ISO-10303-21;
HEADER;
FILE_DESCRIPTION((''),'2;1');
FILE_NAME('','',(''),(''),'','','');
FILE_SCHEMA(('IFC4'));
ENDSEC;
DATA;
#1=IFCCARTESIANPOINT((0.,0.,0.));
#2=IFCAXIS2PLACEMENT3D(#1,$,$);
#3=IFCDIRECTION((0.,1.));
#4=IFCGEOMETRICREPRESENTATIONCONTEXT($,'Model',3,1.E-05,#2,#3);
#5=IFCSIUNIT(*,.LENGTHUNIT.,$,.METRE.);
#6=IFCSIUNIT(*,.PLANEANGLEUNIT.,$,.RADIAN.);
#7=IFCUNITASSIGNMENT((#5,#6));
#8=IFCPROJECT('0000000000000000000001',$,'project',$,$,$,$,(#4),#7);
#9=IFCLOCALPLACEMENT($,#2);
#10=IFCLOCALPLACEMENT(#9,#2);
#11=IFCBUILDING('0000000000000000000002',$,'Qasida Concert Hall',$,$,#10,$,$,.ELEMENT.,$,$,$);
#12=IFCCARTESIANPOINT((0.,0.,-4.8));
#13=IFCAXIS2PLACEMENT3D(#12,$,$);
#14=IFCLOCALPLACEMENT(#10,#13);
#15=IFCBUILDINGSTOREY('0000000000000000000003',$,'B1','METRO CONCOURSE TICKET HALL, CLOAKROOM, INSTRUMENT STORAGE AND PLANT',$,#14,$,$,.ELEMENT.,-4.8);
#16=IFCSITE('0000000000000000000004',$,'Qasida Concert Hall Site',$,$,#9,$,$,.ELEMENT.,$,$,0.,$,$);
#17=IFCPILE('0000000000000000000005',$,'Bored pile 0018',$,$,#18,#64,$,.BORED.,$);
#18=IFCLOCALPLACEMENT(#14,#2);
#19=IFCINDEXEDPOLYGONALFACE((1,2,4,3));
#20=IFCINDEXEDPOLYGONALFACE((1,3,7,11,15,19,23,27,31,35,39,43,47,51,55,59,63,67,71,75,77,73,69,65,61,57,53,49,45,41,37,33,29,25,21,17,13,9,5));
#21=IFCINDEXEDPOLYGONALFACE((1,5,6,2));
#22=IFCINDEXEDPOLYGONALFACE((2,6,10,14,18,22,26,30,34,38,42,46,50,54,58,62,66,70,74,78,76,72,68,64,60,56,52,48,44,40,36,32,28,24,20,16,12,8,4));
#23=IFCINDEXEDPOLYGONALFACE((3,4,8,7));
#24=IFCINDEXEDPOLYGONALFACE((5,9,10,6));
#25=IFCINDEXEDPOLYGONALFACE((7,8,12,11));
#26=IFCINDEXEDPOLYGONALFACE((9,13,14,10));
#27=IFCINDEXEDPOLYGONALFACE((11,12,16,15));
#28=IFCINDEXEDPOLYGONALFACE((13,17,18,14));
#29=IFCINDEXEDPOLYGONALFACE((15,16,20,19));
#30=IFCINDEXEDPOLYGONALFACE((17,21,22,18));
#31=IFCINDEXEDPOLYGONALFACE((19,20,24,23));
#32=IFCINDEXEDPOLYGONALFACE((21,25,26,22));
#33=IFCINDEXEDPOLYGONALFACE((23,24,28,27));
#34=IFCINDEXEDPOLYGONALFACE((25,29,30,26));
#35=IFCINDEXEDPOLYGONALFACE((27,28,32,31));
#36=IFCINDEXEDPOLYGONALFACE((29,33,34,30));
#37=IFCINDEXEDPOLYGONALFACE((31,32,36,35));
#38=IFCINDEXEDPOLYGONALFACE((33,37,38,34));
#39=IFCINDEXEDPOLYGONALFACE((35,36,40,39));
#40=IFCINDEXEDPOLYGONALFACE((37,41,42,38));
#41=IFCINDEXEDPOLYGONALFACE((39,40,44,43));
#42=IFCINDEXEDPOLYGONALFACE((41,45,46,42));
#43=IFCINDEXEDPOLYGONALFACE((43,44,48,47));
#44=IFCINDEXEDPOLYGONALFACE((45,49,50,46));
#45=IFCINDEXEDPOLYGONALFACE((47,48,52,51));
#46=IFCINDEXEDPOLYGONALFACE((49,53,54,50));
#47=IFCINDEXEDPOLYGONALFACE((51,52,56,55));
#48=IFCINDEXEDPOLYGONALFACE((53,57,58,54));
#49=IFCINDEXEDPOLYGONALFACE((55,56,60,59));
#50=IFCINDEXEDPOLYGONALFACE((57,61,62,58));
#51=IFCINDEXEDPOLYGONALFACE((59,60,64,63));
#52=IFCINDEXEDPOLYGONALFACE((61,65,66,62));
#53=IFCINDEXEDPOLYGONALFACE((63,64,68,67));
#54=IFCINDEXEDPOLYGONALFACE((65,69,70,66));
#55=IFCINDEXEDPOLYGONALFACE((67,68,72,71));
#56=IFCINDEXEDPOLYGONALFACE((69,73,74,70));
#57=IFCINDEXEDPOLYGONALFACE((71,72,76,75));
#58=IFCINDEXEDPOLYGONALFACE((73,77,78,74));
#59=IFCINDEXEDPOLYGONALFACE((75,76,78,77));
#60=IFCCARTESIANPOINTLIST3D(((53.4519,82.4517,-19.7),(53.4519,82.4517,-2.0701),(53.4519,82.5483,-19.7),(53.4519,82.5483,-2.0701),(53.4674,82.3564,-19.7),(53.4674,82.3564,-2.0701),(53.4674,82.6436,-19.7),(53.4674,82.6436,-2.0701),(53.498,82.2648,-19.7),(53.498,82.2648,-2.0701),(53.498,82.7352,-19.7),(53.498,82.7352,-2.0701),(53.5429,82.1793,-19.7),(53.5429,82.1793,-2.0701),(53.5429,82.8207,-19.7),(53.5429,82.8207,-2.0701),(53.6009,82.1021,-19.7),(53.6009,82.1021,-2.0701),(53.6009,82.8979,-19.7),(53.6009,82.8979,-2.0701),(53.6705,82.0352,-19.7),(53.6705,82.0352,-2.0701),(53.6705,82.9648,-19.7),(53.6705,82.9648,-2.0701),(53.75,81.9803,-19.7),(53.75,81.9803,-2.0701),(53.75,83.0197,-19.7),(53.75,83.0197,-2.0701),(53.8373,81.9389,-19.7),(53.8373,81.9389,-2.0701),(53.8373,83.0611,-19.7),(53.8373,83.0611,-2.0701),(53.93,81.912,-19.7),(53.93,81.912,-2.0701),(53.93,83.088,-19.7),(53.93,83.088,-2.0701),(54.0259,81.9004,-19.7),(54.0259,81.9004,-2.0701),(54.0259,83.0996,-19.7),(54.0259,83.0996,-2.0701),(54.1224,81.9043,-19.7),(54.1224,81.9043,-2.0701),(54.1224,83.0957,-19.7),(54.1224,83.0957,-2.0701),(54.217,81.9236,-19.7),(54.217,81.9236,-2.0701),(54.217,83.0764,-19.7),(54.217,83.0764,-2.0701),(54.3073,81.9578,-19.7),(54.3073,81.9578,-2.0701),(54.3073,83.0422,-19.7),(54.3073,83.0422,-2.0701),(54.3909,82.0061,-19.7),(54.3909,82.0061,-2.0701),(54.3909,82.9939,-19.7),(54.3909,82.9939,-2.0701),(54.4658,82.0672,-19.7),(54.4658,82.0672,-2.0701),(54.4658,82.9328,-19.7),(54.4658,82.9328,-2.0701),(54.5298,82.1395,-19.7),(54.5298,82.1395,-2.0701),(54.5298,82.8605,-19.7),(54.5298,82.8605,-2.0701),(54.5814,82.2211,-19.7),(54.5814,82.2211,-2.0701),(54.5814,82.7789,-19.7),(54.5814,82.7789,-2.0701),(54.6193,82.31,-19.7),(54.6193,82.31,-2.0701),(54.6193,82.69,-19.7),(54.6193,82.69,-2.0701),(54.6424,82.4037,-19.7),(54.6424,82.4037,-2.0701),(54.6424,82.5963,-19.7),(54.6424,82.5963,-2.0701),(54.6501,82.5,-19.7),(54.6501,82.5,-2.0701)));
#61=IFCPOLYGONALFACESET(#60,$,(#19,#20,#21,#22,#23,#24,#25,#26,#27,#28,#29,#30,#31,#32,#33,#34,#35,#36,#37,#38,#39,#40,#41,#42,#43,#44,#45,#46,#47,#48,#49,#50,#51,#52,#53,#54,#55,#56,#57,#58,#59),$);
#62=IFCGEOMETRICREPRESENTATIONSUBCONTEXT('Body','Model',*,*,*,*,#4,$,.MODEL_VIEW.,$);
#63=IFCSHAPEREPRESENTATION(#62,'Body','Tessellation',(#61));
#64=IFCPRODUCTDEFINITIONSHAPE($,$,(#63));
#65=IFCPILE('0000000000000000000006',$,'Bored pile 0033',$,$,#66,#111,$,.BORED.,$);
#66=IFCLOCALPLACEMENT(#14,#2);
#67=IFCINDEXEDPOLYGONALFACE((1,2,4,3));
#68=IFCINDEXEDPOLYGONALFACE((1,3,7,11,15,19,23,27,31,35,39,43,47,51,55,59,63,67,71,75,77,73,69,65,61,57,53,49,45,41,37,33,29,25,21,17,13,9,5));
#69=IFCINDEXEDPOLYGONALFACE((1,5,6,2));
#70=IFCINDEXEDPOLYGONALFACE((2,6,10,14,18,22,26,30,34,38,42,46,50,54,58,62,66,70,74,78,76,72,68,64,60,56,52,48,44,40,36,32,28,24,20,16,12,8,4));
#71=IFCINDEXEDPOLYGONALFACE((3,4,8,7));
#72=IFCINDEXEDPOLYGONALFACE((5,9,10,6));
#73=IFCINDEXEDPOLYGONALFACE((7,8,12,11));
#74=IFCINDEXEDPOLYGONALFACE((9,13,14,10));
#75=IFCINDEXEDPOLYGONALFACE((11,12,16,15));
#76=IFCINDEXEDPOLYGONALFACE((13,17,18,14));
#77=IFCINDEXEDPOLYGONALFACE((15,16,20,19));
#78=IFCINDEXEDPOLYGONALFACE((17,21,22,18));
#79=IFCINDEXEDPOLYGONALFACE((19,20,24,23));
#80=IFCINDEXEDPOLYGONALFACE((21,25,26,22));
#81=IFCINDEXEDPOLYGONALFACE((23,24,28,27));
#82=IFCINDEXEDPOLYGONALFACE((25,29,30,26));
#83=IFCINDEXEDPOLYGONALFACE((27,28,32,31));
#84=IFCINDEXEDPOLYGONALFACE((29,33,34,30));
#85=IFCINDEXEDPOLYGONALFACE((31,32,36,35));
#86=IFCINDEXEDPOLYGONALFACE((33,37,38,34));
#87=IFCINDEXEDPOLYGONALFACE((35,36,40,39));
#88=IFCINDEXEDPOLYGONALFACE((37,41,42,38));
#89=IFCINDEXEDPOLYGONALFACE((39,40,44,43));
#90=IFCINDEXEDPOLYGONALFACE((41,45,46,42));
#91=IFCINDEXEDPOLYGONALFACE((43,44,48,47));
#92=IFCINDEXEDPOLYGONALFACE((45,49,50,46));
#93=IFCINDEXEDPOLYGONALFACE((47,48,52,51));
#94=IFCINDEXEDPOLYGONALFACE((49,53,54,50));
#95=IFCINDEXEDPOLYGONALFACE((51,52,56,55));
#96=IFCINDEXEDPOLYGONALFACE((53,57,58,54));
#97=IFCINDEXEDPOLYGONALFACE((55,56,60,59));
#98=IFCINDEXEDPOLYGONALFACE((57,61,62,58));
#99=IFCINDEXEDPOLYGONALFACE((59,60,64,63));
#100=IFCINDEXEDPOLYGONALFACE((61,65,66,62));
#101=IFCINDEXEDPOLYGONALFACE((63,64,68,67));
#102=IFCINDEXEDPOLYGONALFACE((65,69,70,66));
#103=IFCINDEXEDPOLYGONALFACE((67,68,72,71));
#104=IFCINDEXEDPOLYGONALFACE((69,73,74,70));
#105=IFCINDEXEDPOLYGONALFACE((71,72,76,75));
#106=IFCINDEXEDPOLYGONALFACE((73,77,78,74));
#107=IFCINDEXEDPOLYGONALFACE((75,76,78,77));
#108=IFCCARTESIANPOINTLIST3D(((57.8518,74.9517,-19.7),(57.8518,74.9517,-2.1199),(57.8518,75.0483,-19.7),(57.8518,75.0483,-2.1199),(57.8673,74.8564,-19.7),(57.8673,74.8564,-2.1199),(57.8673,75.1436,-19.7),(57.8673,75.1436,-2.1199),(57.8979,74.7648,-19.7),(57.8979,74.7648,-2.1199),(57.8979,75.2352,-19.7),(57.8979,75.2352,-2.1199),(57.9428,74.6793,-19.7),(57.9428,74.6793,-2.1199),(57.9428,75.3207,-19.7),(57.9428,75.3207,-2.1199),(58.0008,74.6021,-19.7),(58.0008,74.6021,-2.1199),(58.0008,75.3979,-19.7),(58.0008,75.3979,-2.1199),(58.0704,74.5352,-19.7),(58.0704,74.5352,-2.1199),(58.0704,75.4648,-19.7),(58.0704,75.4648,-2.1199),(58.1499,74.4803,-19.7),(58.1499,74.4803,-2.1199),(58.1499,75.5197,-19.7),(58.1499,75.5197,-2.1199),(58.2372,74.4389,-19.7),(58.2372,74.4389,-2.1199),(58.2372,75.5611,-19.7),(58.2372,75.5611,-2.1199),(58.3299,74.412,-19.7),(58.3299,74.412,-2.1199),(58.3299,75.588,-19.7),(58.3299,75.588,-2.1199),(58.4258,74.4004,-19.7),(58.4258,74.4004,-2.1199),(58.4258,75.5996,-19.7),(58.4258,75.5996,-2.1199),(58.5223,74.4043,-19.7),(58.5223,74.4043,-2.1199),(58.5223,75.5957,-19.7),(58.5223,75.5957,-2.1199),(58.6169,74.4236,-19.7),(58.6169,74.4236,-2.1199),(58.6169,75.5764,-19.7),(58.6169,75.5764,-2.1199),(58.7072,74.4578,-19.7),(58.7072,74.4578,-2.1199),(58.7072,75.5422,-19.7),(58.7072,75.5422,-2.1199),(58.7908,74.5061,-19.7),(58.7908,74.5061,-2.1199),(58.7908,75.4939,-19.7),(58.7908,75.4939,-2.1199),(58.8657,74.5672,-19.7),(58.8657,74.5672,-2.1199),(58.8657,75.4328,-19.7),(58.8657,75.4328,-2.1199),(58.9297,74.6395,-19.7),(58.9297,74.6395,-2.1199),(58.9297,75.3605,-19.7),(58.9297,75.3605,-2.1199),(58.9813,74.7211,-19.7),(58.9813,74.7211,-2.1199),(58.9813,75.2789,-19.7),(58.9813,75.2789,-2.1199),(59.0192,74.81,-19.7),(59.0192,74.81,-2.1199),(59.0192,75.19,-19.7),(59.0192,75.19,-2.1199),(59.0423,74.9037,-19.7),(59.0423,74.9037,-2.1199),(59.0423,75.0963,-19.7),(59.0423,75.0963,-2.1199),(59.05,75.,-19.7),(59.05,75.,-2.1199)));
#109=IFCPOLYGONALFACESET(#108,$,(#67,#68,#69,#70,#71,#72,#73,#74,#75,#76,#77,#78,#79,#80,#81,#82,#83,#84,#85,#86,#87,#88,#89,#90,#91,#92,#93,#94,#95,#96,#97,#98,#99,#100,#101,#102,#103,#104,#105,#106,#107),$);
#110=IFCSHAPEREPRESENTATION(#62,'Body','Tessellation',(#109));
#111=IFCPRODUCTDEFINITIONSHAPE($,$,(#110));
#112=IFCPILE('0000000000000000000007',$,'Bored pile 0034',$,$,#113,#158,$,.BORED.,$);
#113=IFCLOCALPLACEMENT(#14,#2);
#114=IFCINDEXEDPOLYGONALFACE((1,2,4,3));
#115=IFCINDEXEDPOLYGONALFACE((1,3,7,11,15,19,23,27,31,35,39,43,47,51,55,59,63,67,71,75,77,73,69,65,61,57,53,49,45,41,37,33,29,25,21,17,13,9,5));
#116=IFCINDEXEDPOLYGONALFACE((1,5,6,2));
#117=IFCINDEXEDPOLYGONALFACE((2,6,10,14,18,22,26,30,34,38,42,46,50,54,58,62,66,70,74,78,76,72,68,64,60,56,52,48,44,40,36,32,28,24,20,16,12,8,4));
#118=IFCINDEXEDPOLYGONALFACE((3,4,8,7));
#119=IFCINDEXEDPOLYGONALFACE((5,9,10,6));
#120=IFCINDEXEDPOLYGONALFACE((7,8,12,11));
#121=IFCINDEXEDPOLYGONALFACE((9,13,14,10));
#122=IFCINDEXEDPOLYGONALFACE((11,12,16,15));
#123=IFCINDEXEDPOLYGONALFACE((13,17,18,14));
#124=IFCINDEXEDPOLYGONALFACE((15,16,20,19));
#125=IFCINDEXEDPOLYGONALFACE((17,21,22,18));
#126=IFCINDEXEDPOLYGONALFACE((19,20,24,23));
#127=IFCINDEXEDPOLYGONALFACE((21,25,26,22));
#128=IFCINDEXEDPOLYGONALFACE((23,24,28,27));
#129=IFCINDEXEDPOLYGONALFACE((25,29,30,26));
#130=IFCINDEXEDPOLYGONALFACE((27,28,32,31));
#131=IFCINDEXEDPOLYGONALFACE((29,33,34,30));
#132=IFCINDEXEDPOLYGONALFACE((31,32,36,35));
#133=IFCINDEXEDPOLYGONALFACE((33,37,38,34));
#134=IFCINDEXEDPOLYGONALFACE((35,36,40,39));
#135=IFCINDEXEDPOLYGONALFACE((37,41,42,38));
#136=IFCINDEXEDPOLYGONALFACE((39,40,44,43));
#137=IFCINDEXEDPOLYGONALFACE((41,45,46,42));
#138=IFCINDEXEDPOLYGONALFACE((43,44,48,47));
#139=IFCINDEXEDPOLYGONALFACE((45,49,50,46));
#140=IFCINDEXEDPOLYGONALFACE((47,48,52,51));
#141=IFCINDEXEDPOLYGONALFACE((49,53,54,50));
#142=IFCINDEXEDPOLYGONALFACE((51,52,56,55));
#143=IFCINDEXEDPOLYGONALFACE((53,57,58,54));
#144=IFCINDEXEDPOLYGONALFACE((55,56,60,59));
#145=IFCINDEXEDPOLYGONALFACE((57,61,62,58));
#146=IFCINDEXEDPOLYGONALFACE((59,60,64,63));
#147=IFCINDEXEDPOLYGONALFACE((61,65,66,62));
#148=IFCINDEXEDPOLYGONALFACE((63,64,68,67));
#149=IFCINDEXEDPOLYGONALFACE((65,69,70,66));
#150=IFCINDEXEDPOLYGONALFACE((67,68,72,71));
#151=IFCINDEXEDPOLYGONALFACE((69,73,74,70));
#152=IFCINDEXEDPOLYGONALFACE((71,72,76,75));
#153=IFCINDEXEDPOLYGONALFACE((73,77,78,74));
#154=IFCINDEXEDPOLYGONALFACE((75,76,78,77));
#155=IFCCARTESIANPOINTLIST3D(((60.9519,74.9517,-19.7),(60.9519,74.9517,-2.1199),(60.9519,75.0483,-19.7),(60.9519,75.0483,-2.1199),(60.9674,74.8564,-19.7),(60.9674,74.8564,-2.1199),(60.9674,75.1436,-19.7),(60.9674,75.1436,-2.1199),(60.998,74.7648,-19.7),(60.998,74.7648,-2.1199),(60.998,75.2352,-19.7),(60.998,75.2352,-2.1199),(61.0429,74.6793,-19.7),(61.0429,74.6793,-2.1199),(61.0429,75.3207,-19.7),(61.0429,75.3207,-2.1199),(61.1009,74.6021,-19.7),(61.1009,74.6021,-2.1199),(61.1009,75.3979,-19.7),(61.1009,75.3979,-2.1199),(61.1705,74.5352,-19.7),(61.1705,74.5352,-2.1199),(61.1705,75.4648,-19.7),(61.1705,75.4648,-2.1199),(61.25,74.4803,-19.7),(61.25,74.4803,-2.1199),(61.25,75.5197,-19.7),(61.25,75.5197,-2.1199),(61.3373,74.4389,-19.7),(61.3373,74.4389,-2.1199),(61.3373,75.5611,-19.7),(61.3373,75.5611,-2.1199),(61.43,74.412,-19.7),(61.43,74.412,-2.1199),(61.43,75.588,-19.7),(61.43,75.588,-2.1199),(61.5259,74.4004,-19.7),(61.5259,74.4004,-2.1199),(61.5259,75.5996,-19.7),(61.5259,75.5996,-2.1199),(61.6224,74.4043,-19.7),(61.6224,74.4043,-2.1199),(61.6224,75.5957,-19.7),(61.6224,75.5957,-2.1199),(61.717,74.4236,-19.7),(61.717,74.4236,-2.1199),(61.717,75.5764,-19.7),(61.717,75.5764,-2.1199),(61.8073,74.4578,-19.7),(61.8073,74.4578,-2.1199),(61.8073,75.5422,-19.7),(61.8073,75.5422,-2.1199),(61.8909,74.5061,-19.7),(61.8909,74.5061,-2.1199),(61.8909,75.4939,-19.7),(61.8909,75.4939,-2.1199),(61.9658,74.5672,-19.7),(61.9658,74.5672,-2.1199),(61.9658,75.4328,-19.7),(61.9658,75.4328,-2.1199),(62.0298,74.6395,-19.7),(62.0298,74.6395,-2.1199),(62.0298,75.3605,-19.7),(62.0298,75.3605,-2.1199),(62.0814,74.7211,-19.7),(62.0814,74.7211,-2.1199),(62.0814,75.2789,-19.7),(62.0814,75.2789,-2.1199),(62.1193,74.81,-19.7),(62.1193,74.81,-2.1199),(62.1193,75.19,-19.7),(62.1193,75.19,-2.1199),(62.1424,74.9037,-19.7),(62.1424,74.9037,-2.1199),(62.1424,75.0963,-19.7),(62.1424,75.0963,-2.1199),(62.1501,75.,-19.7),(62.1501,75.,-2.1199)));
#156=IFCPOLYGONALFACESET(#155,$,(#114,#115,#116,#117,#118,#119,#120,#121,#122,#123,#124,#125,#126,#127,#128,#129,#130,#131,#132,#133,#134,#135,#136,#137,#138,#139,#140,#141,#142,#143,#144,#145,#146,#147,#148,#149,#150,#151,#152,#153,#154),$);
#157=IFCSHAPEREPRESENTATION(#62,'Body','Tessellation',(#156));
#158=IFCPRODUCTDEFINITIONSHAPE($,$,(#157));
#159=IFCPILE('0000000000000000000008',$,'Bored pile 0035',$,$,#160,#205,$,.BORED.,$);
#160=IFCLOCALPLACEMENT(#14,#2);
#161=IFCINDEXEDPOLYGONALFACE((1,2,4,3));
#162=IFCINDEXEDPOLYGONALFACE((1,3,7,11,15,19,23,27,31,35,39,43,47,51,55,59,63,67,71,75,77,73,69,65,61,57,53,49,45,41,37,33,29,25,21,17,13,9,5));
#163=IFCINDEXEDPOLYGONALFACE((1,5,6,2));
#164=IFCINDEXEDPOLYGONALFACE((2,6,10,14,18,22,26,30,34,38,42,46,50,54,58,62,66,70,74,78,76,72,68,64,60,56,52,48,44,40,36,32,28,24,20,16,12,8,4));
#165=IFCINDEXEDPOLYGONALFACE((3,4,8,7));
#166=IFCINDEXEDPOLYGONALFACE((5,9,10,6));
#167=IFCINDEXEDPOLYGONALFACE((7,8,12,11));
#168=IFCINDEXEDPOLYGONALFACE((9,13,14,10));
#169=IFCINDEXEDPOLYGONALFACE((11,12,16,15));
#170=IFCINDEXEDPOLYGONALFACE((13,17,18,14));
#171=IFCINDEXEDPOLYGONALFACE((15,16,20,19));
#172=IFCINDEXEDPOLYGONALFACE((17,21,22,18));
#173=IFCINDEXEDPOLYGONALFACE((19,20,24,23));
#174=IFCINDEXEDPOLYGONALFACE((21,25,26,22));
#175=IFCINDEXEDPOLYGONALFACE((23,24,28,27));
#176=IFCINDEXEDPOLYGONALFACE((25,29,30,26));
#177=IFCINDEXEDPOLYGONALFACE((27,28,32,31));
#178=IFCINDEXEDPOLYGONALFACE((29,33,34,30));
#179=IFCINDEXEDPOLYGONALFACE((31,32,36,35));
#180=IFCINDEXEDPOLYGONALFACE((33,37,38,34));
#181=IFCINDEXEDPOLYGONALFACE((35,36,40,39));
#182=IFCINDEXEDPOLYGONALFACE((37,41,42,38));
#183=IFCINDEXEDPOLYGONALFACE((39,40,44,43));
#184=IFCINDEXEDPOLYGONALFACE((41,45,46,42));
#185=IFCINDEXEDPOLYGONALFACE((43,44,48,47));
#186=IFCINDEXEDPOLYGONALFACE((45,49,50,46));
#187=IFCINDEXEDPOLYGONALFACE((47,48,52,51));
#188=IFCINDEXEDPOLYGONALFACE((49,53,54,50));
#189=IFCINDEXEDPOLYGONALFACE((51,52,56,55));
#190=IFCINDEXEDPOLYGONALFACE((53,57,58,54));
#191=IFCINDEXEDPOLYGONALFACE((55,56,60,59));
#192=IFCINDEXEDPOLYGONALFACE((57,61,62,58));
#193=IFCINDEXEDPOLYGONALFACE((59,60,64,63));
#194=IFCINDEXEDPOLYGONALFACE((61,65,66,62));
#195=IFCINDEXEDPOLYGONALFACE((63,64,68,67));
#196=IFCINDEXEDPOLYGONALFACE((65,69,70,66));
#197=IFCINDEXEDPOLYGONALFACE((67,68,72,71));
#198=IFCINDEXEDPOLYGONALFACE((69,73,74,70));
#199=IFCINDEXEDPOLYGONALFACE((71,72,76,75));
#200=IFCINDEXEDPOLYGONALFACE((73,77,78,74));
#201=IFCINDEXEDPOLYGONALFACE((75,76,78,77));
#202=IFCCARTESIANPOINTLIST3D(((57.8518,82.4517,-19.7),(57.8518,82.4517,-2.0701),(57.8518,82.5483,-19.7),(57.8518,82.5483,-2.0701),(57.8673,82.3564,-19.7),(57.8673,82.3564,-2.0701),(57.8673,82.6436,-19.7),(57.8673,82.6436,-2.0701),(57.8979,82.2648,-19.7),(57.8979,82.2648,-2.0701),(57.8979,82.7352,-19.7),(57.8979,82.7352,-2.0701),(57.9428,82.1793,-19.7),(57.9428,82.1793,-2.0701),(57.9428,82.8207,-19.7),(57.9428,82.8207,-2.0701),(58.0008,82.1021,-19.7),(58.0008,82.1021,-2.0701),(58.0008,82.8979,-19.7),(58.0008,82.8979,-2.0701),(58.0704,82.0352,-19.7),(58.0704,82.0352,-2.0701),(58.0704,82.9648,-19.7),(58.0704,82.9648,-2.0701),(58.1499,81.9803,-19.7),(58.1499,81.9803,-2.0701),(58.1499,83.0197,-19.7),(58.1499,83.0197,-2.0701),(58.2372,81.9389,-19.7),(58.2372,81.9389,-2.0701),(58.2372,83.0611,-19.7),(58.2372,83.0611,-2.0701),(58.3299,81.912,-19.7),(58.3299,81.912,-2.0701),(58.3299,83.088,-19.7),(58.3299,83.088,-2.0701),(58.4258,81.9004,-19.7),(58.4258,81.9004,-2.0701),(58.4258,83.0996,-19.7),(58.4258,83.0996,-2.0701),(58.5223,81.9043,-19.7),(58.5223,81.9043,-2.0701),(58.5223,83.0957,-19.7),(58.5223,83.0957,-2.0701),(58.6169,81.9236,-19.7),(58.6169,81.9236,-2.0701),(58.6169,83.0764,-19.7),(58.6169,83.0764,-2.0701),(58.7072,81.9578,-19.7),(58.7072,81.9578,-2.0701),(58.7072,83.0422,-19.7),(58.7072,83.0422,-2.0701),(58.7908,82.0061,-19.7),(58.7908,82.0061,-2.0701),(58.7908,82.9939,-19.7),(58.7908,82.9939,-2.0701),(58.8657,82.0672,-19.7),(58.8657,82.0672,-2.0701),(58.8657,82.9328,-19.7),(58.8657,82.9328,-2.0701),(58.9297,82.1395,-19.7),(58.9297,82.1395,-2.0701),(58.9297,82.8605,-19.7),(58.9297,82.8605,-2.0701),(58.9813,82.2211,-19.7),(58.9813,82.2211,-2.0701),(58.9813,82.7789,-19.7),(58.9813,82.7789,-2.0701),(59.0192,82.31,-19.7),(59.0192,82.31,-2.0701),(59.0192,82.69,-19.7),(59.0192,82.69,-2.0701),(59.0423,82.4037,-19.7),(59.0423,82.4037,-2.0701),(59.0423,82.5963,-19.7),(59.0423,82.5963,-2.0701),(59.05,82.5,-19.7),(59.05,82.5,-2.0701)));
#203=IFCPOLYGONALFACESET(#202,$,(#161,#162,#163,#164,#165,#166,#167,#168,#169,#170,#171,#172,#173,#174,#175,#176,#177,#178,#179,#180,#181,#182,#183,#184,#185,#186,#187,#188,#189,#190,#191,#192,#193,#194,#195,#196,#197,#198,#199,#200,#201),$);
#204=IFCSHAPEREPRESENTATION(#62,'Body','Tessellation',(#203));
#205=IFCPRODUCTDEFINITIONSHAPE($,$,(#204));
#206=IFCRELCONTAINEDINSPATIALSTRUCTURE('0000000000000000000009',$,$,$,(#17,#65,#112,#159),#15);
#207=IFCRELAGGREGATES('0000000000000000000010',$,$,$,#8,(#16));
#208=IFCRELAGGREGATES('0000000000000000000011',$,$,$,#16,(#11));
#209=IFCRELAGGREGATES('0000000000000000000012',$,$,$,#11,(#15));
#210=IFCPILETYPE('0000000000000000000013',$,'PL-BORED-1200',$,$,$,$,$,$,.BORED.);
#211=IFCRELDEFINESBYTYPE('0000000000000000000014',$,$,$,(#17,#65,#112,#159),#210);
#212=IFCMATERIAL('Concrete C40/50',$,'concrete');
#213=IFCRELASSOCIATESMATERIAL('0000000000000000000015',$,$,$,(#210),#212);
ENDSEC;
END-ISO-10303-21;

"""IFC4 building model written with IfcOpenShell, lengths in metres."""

from ifc_helpers import new_model, si_unit, direction, frame, origin, origin_2d, place, context, subcontext, project, spatial, circle, extrude, material, material_profile, profile_set, type_object, element, save


model = new_model("IFC4")

# Units and contexts
model_context = context("Model", 3, precision=1e-05, world=origin(), true_north=direction((0.0, 1.0)))
body_context = subcontext(model_context, "Body", "Model", "MODEL_VIEW")
ifc_project = project(units=[si_unit("LENGTHUNIT", "METRE"), si_unit("PLANEANGLEUNIT", "RADIAN")], contexts=[model_context])

# Site, building, storey
site_placement = place(None, origin())
site = spatial("IfcSite", under=ifc_project, at=site_placement, Name="Qasida Concert Hall Site", CompositionType="ELEMENT", RefElevation=0.0)
building_placement = place(site_placement, origin())
building = spatial("IfcBuilding", under=site, at=building_placement, Name="Qasida Concert Hall", CompositionType="ELEMENT")
storey_placement = place(building_placement, frame((0.0, 0.0, -4.8)))
storey = spatial("IfcBuildingStorey", under=building, at=storey_placement, Name="B1", Description="METRO CONCOURSE TICKET HALL, CLOAKROOM, INSTRUMENT STORAGE AND PLANT", CompositionType="ELEMENT", Elevation=-4.8)

# Shared definitions
ifc_material_1 = material(Name="Concrete C40/50", Category="concrete")

# Piles
ifc_material_profile_1 = material_profile(ifc_material_1, circle(Radius=0.6001, at=origin_2d()), Name="BORED PILE D1200")
ifc_profile_set_1 = profile_set([ifc_material_profile_1], Name="Concrete C40/50")
pile_type_1 = type_object("IfcPileType", Name="PL-BORED-1200", PredefinedType="BORED", material=ifc_profile_set_1)
for number, where, z_axis, x_axis, name in (
    (1, (54.05, 82.5, -2.0701), (0.0, 0.0, -1.0), (1.0, 0.0, 0.0), "Bored pile 0018"),
):
    element("IfcPile", number, at=place(storey_placement, frame(where, z_axis=z_axis, x_axis=x_axis)), inside=storey, type_object=pile_type_1, Name=name, PredefinedType="BORED", context=body_context, shape_type="SweptSolid", body=[
        extrude(circle(Radius=0.6001, at=origin_2d()), origin(), (0.0, 0.0, 1.0), 17.6299),
    ])
for number, where, z_axis, x_axis, name in (
    (2, (58.45, 75.0, -2.1199), (0.0, 0.0, -1.0), (1.0, 0.0, 0.0), "Bored pile 0033"),
    (3, (61.55, 75.0, -2.1199), (0.0, 0.0, -1.0), (1.0, 0.0, 0.0), "Bored pile 0034"),
):
    element("IfcPile", number, at=place(storey_placement, frame(where, z_axis=z_axis, x_axis=x_axis)), inside=storey, type_object=pile_type_1, Name=name, PredefinedType="BORED", context=body_context, shape_type="SweptSolid", body=[
        extrude(circle(Radius=0.6001, at=origin_2d()), origin(), (0.0, 0.0, 1.0), 17.5801),
    ])
pile_1_placement = place(storey_placement, frame((58.45, 82.5, -2.0701), z_axis=(0.0, 0.0, -1.0), x_axis=(1.0, 0.0, 0.0)))
element("IfcPile", 4, at=pile_1_placement, inside=storey, type_object=pile_type_1, Name="Bored pile 0035", PredefinedType="BORED", context=body_context, shape_type="SweptSolid", body=[
    extrude(circle(Radius=0.6001, at=origin_2d()), origin(), (0.0, 0.0, 1.0), 17.6299),
])

save(model, "model.ifc")
